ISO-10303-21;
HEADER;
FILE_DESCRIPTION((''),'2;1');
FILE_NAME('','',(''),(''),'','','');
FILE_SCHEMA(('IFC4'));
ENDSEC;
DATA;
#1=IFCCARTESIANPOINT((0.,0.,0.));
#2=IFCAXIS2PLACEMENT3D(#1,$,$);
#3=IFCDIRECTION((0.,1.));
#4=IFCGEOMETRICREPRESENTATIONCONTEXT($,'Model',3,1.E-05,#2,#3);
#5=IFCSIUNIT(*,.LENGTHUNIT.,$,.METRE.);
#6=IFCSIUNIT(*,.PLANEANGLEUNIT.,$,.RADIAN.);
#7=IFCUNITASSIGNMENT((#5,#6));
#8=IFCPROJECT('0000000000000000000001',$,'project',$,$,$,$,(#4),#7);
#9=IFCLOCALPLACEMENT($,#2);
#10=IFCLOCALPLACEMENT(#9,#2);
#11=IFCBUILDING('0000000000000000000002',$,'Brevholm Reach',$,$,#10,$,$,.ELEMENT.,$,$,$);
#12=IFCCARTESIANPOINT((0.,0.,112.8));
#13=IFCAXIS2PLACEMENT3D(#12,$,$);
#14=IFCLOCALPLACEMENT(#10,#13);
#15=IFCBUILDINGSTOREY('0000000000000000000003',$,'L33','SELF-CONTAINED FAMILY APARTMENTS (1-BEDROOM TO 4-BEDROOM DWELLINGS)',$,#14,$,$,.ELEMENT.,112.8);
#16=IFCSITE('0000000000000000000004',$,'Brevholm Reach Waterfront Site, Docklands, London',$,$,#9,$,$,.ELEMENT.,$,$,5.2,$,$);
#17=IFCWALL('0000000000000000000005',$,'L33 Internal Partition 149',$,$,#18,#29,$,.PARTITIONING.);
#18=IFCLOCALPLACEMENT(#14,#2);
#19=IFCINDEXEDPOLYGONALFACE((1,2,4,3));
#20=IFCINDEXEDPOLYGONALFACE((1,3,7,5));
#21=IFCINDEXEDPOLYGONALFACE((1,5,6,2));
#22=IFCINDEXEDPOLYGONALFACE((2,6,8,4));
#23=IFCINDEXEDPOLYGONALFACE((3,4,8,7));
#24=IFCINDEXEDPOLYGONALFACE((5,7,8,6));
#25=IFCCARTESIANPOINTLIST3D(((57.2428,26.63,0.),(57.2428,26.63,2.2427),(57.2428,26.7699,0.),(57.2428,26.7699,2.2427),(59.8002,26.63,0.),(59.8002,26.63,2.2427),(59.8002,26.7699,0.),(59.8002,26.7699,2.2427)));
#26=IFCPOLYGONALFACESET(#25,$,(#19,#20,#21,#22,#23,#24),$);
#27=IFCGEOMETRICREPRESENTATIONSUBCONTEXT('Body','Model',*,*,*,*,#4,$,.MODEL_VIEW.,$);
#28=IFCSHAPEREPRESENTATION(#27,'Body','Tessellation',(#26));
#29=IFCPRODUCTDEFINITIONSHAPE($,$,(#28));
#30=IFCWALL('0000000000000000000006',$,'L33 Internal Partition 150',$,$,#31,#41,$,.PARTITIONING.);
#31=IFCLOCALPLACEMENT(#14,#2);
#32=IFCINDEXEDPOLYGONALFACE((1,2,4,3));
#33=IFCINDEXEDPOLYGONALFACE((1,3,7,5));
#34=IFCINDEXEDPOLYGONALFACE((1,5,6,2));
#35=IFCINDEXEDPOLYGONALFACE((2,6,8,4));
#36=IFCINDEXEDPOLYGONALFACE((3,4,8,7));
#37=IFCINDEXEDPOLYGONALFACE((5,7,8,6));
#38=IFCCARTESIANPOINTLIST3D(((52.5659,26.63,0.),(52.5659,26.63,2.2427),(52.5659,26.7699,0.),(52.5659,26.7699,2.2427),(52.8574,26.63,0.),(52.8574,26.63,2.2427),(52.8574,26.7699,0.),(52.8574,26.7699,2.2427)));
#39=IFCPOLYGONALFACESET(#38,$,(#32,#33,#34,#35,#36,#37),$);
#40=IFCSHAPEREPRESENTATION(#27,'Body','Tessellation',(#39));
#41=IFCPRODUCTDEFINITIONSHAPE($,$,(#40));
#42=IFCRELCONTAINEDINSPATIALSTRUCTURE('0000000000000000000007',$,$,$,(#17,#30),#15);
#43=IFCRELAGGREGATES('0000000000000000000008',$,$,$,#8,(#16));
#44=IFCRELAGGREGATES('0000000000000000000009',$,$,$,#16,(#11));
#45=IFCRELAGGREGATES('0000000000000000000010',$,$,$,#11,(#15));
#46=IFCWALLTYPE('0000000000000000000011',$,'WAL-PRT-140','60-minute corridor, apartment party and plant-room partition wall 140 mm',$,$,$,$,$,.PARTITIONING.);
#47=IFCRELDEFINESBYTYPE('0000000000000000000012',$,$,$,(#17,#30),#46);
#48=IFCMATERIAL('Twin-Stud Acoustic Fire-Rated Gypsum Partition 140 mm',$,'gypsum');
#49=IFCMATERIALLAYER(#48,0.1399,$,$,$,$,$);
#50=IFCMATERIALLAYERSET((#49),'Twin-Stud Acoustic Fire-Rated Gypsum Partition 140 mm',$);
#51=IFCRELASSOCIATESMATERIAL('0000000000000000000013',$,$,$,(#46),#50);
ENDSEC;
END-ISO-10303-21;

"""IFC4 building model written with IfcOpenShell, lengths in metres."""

from ifc_helpers import new_model, si_unit, direction, frame, frame_2d, origin, place, context, subcontext, project, spatial, rectangle, extrude, material, layer, layer_set, type_object, element, save


model = new_model("IFC4")

# Units and contexts
model_context = context("Model", 3, precision=1e-05, world=origin(), true_north=direction((0.0, 1.0)))
body_context = subcontext(model_context, "Body", "Model", "MODEL_VIEW")
ifc_project = project(units=[si_unit("LENGTHUNIT", "METRE"), si_unit("PLANEANGLEUNIT", "RADIAN")], contexts=[model_context])

# Site, building, storey
site_placement = place(None, origin())
site = spatial("IfcSite", under=ifc_project, at=site_placement, Name="Brevholm Reach Waterfront Site, Docklands, London", CompositionType="ELEMENT", RefElevation=5.2)
building_placement = place(site_placement, origin())
building = spatial("IfcBuilding", under=site, at=building_placement, Name="Brevholm Reach", CompositionType="ELEMENT")
storey_placement = place(building_placement, frame((0.0, 0.0, 112.8)))
storey = spatial("IfcBuildingStorey", under=building, at=storey_placement, Name="L33", Description="SELF-CONTAINED FAMILY APARTMENTS (1-BEDROOM TO 4-BEDROOM DWELLINGS)", CompositionType="ELEMENT", Elevation=112.8)

# Shared definitions
ifc_material_1 = material(Name="Twin-Stud Acoustic Fire-Rated Gypsum Partition 140 mm", Category="gypsum")
ifc_layer_1 = layer(ifc_material_1, 0.1399)
ifc_layer_set_1 = layer_set([ifc_layer_1], Name="Twin-Stud Acoustic Fire-Rated Gypsum Partition 140 mm")
wall_type_1 = type_object("IfcWallType", Name="WAL-PRT-140", Description="60-minute corridor, apartment party and plant-room partition wall 140 mm", PredefinedType="PARTITIONING", material=ifc_layer_set_1)

# Walls
wall_1_placement = place(storey_placement, frame((57.2427, 26.7, 0.0), z_axis=(0.0, 0.0, 1.0), x_axis=(1.0, 0.0, 0.0)))
element("IfcWall", 1, at=wall_1_placement, inside=storey, type_object=wall_type_1, Name="L33 Internal Partition 149", PredefinedType="PARTITIONING", context=body_context, shape_type="SweptSolid", body=[
    extrude(rectangle(XDim=2.5574, YDim=0.1399, at=frame_2d((1.2788, 0.0))), origin(), (0.0, 0.0, 1.0), 2.2427),
])
wall_2_placement = place(storey_placement, frame((52.5659, 26.7, 0.0), z_axis=(0.0, 0.0, 1.0), x_axis=(1.0, 0.0, 0.0)))
element("IfcWall", 2, at=wall_2_placement, inside=storey, type_object=wall_type_1, Name="L33 Internal Partition 150", PredefinedType="PARTITIONING", context=body_context, shape_type="SweptSolid", body=[
    extrude(rectangle(XDim=0.2915, YDim=0.1399, at=frame_2d((0.1458, 0.0))), origin(), (0.0, 0.0, 1.0), 2.2427),
])

save(model, "model.ifc")
